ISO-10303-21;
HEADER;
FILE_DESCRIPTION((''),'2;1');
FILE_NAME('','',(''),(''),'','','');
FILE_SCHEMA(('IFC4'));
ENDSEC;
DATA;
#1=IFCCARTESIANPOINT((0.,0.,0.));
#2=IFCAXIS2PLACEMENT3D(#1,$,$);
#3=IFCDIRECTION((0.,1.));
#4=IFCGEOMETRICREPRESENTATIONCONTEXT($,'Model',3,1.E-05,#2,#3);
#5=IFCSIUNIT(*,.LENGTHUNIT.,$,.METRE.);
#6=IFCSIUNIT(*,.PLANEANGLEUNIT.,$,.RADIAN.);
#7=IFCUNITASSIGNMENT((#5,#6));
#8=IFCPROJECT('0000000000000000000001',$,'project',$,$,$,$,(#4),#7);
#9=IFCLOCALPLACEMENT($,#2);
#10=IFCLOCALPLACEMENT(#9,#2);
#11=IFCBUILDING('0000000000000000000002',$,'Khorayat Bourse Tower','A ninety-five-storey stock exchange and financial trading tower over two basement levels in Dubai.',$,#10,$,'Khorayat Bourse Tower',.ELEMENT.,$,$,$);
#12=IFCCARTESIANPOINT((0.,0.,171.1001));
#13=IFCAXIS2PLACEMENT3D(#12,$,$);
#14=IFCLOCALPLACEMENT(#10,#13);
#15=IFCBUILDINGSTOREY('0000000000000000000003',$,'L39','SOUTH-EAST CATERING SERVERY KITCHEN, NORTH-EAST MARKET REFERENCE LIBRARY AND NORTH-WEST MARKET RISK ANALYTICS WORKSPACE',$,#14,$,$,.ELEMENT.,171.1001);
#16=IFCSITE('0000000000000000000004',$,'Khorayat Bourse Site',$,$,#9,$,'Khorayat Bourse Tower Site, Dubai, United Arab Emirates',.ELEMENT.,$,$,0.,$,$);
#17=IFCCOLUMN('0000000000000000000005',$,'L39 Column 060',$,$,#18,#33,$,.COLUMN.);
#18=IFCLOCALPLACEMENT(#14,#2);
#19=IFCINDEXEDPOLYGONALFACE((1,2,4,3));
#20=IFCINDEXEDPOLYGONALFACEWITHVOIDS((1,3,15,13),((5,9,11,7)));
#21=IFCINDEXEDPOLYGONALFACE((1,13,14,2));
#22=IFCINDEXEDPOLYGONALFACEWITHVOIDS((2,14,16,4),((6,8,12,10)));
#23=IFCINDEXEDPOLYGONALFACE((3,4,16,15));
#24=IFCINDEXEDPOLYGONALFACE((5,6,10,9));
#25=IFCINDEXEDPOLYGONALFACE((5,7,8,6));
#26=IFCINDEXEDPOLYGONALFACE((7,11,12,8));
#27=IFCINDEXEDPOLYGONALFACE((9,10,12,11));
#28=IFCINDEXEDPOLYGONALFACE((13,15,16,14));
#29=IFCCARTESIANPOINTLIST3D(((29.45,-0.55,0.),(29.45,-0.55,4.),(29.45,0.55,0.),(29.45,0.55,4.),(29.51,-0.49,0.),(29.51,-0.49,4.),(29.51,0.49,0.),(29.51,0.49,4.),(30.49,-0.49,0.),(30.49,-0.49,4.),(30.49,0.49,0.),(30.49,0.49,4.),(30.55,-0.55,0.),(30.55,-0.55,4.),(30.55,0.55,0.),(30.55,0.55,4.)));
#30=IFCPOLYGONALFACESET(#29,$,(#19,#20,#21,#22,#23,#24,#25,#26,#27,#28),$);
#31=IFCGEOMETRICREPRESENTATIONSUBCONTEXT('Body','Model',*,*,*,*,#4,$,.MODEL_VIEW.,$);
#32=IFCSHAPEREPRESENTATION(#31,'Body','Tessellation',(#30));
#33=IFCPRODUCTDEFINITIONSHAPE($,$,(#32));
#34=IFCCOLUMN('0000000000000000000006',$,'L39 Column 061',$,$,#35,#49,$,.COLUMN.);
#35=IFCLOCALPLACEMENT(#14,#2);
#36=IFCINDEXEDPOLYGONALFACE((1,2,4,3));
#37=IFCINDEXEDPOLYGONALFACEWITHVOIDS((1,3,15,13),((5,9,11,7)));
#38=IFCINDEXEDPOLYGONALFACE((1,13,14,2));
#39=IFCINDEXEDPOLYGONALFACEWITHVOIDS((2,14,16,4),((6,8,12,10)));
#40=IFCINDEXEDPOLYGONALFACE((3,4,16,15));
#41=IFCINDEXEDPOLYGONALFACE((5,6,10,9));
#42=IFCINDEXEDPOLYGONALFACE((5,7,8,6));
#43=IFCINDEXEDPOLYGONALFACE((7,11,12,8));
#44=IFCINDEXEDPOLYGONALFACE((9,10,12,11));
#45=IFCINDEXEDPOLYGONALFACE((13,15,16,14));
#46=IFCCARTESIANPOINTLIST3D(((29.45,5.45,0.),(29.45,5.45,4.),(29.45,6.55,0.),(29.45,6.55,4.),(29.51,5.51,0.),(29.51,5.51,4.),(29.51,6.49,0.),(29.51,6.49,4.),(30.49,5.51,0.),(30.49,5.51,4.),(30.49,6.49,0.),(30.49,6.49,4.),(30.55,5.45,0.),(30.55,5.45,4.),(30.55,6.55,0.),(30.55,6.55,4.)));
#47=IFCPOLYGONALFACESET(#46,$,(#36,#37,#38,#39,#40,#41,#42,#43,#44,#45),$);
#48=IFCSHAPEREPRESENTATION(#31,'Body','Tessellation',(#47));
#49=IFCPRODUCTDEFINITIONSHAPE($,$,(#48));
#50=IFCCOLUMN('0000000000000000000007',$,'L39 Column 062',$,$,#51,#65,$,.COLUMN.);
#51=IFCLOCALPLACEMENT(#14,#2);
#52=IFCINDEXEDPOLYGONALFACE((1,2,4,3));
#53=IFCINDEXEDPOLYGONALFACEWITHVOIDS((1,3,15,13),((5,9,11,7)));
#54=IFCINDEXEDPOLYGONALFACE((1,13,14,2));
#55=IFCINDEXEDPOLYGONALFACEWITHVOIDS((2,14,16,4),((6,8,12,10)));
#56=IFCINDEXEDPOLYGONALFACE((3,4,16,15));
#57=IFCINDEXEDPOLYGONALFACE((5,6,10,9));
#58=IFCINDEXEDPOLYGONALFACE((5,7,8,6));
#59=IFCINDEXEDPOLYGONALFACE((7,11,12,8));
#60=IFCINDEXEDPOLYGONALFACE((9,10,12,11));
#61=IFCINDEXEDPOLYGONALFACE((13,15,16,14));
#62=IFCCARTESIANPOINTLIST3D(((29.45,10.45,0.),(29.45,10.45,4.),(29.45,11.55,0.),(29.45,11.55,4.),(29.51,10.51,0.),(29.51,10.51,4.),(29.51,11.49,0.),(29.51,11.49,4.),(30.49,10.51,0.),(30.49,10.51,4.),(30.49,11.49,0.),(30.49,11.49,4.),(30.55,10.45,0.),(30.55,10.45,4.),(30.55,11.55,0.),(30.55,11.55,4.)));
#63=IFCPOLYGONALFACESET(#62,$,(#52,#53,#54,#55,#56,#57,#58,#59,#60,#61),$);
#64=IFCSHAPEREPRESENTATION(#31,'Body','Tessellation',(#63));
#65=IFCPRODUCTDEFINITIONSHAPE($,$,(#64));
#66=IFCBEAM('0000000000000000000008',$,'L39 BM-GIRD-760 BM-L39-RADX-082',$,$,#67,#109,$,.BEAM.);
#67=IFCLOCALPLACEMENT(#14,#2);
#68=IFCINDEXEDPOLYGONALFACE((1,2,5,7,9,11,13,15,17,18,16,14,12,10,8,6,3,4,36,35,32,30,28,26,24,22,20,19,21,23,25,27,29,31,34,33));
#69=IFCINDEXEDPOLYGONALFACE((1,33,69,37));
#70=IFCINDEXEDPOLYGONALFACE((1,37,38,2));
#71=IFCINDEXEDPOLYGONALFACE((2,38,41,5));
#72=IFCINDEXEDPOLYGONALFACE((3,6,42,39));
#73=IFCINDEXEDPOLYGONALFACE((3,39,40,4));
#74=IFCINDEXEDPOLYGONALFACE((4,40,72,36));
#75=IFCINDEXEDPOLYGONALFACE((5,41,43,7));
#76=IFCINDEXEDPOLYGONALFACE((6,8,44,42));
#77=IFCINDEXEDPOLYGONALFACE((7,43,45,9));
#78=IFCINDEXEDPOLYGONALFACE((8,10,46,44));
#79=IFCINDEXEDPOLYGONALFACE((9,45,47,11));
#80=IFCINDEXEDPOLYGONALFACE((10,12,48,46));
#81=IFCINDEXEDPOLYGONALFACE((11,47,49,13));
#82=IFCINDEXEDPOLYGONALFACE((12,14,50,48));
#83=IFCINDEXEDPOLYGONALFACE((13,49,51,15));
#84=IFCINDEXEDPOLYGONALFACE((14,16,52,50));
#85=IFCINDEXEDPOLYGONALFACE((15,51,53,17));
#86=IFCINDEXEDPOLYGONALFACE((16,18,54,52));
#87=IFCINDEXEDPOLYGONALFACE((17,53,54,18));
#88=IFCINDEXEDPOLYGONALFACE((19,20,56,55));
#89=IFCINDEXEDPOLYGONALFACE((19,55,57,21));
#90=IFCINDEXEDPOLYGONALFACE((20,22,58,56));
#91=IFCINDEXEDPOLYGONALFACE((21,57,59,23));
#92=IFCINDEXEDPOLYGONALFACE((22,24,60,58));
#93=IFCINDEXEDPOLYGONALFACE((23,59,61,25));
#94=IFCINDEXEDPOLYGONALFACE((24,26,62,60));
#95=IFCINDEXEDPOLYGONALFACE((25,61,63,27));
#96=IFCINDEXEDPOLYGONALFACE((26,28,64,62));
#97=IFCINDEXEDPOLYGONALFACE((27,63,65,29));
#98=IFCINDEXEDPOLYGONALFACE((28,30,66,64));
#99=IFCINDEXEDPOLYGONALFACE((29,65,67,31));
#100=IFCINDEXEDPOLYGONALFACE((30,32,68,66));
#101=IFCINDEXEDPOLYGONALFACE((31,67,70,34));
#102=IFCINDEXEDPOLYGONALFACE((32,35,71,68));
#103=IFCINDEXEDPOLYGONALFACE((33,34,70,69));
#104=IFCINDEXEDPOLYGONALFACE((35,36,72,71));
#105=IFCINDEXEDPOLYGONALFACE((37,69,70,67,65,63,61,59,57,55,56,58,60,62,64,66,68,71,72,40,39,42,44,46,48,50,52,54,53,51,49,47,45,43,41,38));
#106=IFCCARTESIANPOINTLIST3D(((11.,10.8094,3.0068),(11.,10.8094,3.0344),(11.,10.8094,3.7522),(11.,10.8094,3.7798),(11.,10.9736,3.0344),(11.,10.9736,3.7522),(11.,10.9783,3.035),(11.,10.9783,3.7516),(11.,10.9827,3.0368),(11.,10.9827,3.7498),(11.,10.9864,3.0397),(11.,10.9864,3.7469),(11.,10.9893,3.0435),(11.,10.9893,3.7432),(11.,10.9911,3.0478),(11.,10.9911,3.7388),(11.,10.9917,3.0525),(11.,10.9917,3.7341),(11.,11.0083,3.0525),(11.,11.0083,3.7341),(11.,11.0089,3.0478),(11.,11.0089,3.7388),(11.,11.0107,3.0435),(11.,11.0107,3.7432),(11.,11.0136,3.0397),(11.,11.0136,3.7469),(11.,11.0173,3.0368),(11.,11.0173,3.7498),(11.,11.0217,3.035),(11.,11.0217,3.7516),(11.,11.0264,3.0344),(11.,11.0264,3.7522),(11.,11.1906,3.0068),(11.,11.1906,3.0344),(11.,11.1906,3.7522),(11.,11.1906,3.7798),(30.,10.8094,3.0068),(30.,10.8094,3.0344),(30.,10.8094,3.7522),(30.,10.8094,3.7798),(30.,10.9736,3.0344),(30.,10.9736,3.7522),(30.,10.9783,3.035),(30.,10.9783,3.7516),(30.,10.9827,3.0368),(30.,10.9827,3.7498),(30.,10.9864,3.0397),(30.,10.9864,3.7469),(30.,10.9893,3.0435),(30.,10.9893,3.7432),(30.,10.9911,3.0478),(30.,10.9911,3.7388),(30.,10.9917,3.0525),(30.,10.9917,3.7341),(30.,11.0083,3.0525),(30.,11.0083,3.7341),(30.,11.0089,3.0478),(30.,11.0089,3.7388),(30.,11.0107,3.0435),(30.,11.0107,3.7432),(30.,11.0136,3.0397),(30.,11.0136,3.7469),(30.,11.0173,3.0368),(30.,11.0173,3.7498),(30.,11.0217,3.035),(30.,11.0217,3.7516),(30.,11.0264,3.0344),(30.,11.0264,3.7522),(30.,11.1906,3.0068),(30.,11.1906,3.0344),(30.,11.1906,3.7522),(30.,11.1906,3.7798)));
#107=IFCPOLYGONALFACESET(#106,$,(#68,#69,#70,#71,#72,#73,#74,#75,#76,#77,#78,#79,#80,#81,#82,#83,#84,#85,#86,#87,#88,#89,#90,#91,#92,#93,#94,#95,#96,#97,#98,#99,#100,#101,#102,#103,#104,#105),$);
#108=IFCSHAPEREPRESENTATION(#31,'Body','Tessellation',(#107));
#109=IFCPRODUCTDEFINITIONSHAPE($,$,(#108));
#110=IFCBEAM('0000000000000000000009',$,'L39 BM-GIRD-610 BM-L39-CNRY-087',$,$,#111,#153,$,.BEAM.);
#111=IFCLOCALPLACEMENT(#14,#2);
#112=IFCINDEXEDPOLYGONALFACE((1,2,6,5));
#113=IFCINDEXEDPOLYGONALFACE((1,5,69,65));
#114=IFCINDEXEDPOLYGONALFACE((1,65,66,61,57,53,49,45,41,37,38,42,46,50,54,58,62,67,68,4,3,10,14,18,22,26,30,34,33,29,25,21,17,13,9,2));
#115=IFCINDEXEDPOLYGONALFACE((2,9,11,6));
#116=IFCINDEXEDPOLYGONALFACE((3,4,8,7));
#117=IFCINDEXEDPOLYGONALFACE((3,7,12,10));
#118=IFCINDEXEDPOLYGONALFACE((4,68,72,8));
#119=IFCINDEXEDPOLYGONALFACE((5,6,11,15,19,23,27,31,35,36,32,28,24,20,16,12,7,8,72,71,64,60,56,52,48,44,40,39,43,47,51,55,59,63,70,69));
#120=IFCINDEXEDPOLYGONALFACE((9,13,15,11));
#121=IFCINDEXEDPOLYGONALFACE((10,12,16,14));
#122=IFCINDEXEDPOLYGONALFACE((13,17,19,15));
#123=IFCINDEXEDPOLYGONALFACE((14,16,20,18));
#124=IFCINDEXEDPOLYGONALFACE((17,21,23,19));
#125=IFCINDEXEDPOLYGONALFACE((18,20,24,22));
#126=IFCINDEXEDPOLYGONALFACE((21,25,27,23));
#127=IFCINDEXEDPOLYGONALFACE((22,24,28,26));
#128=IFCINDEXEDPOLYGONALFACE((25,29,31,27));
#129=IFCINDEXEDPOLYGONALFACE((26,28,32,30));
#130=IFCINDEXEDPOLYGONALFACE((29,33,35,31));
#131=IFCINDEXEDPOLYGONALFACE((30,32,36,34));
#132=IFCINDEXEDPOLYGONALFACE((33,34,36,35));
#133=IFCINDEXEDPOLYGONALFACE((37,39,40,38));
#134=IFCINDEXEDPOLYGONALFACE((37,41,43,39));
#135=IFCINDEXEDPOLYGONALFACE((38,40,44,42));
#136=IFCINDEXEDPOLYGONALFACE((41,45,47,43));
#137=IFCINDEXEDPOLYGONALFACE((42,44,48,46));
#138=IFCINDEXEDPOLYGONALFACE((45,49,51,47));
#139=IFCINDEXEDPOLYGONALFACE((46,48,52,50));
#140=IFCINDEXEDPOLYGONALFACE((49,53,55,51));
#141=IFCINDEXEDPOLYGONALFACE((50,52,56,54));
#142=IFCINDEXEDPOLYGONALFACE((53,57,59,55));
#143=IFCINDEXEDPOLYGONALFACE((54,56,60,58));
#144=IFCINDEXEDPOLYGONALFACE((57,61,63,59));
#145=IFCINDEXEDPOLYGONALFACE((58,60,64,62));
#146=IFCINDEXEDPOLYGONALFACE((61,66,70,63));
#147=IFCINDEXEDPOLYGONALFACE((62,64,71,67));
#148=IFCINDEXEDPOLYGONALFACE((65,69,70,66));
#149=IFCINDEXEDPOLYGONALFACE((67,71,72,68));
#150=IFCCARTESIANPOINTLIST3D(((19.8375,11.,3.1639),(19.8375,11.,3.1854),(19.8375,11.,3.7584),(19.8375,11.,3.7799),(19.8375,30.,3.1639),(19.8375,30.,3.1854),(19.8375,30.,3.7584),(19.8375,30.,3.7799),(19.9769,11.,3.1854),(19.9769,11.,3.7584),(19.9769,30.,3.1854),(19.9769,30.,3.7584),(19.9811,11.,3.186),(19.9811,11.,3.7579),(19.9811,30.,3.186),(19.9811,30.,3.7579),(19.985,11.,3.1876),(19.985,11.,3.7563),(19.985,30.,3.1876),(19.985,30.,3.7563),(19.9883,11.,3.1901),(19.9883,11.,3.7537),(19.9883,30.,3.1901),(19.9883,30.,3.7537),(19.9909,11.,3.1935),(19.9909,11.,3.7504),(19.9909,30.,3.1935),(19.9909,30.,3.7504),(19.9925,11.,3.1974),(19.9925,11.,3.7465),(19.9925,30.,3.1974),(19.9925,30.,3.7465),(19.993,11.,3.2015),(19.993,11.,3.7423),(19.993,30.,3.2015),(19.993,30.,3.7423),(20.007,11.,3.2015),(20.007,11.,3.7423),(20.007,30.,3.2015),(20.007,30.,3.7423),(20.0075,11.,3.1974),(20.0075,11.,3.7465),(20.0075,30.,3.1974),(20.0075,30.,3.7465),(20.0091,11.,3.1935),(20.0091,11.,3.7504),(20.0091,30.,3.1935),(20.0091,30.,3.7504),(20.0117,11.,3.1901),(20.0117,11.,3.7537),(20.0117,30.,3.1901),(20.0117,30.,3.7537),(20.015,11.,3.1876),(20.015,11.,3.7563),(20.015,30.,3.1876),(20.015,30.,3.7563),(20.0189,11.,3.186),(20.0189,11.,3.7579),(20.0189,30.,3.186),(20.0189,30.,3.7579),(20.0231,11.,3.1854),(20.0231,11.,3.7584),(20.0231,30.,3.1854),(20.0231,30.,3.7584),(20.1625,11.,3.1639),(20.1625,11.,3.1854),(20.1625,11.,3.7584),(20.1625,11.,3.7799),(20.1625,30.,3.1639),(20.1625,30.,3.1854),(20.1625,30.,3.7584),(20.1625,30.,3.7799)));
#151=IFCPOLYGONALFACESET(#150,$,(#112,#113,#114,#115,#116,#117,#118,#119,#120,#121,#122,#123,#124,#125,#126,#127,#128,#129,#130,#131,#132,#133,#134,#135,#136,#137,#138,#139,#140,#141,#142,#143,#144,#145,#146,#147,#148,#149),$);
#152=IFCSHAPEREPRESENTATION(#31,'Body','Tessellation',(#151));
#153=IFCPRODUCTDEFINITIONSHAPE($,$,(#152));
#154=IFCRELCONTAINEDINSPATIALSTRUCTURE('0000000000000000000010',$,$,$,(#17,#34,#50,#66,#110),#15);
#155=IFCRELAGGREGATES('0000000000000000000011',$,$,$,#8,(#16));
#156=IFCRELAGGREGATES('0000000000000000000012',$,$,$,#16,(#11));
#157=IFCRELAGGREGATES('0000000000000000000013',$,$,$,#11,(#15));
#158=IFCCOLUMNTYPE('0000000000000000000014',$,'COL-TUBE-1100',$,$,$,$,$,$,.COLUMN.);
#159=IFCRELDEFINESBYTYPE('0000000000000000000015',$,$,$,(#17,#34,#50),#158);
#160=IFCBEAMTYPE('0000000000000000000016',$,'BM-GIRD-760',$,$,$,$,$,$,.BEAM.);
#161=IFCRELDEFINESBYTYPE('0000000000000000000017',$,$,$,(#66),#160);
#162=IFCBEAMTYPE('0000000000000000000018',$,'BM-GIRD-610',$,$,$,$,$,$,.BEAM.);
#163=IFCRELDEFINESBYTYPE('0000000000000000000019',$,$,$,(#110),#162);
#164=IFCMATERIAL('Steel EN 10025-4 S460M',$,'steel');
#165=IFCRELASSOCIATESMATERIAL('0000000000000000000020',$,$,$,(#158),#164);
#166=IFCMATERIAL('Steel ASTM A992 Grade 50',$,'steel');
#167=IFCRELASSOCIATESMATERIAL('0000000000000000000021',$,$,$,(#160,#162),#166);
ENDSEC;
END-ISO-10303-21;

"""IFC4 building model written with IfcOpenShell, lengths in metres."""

from ifc_helpers import new_model, si_unit, direction, frame, origin, origin_2d, place, context, subcontext, project, spatial, hollow_rectangle, i_section, extrude, source, transform, mapped, material, material_profile, profile_set, type_object, element, save


model = new_model("IFC4")

# Units and contexts
model_context = context("Model", 3, precision=1e-05, world=origin(), true_north=direction((0.0, 1.0)))
body_context = subcontext(model_context, "Body", "Model", "MODEL_VIEW")
ifc_project = project(units=[si_unit("LENGTHUNIT", "METRE"), si_unit("PLANEANGLEUNIT", "RADIAN")], contexts=[model_context])

# Site, building, storey
site_placement = place(None, origin())
site = spatial("IfcSite", under=ifc_project, at=site_placement, Name="Khorayat Bourse Site", LongName="Khorayat Bourse Tower Site, Dubai, United Arab Emirates", CompositionType="ELEMENT", RefElevation=0.0)
building_placement = place(site_placement, origin())
building = spatial("IfcBuilding", under=site, at=building_placement, Name="Khorayat Bourse Tower", Description="A ninety-five-storey stock exchange and financial trading tower over two basement levels in Dubai.", LongName="Khorayat Bourse Tower", CompositionType="ELEMENT")
storey_placement = place(building_placement, frame((0.0, 0.0, 171.1001)))
storey = spatial("IfcBuildingStorey", under=building, at=storey_placement, Name="L39", Description="SOUTH-EAST CATERING SERVERY KITCHEN, NORTH-EAST MARKET REFERENCE LIBRARY AND NORTH-WEST MARKET RISK ANALYTICS WORKSPACE", CompositionType="ELEMENT", Elevation=171.1001)

# Columns
ifc_material_1 = material(Name="Steel EN 10025-4 S460M", Category="steel")
ifc_material_profile_1 = material_profile(ifc_material_1, hollow_rectangle(XDim=1.1001, YDim=1.1001, WallThickness=0.0601, at=origin_2d()), Name="BOX 1100x1100x60")
ifc_profile_set_1 = profile_set([ifc_material_profile_1], Name="Steel EN 10025-4 S460M")
column_type = type_object("IfcColumnType", Name="COL-TUBE-1100", PredefinedType="COLUMN", material=ifc_profile_set_1)
shared_shape_1 = source(origin(), body_context, "Body", "SweptSolid", [
    extrude(hollow_rectangle(XDim=1.1001, YDim=1.1001, WallThickness=0.0601, at=origin_2d()), origin(), (0.0, 0.0, 1.0), 4.0),
])
for number, where, z_axis, x_axis, name in (
    (1, (30.0, 0.0, 0.0), (0.0, 0.0, 1.0), (1.0, 0.0, 0.0), "L39 Column 060"),
    (2, (30.0, 6.0, 0.0), (0.0, 0.0, 1.0), (1.0, 0.0, 0.0), "L39 Column 061"),
    (3, (30.0, 11.0, 0.0), (0.0, 0.0, 1.0), (1.0, 0.0, 0.0), "L39 Column 062"),
):
    element("IfcColumn", number, at=place(storey_placement, frame(where, z_axis=z_axis, x_axis=x_axis)), inside=storey, type_object=column_type, Name=name, PredefinedType="COLUMN", context=body_context, shape_type="MappedRepresentation", body=[
        mapped(shared_shape_1, transform((0.0, 0.0, 0.0), scale=1.0)),
    ])

# Beams
ifc_material_2 = material(Name="Steel ASTM A992 Grade 50", Category="steel")
ifc_material_profile_2 = material_profile(ifc_material_2, i_section(OverallWidth=0.3811, OverallDepth=0.7729, WebThickness=0.0166, FlangeThickness=0.0276, FilletRadius=0.0181, at=origin_2d()), Name="W760X257")
ifc_profile_set_2 = profile_set([ifc_material_profile_2], Name="Steel ASTM A992 Grade 50")
beam_type_1 = type_object("IfcBeamType", Name="BM-GIRD-760", PredefinedType="BEAM", material=ifc_profile_set_2)
shared_shape_2 = source(origin(), body_context, "Body", "SweptSolid", [
    extrude(i_section(OverallWidth=0.3811, OverallDepth=0.7729, WebThickness=0.0166, FlangeThickness=0.0276, FilletRadius=0.0181, at=origin_2d()), origin(), (0.0, 0.0, 1.0), 19.0),
])
beam_1_placement = place(storey_placement, frame((11.0, 11.0, 3.3933), z_axis=(1.0, 0.0, 0.0), x_axis=(0.0, 1.0, 0.0)))
element("IfcBeam", 4, at=beam_1_placement, inside=storey, type_object=beam_type_1, Name="L39 BM-GIRD-760 BM-L39-RADX-082", PredefinedType="BEAM", context=body_context, shape_type="MappedRepresentation", body=[
    mapped(shared_shape_2, transform((0.0, 0.0, 0.0), scale=1.0)),
])
ifc_material_profile_3 = material_profile(ifc_material_2, i_section(OverallWidth=0.325, OverallDepth=0.616, WebThickness=0.0139, FlangeThickness=0.0215, FilletRadius=0.0161, at=origin_2d()), Name="W610X174")
ifc_profile_set_3 = profile_set([ifc_material_profile_3], Name="Steel ASTM A992 Grade 50")
beam_type_2 = type_object("IfcBeamType", Name="BM-GIRD-610", PredefinedType="BEAM", material=ifc_profile_set_3)
shared_shape_3 = source(origin(), body_context, "Body", "SweptSolid", [
    extrude(i_section(OverallWidth=0.325, OverallDepth=0.616, WebThickness=0.0139, FlangeThickness=0.0215, FilletRadius=0.0161, at=origin_2d()), origin(), (0.0, 0.0, 1.0), 19.0),
])
beam_2_placement = place(storey_placement, frame((20.0, 11.0, 3.4719), z_axis=(0.0, 1.0, 0.0), x_axis=(-1.0, 0.0, 0.0)))
element("IfcBeam", 5, at=beam_2_placement, inside=storey, type_object=beam_type_2, Name="L39 BM-GIRD-610 BM-L39-CNRY-087", PredefinedType="BEAM", context=body_context, shape_type="MappedRepresentation", body=[
    mapped(shared_shape_3, transform((0.0, 0.0, 0.0), scale=1.0)),
])

save(model, "model.ifc")
